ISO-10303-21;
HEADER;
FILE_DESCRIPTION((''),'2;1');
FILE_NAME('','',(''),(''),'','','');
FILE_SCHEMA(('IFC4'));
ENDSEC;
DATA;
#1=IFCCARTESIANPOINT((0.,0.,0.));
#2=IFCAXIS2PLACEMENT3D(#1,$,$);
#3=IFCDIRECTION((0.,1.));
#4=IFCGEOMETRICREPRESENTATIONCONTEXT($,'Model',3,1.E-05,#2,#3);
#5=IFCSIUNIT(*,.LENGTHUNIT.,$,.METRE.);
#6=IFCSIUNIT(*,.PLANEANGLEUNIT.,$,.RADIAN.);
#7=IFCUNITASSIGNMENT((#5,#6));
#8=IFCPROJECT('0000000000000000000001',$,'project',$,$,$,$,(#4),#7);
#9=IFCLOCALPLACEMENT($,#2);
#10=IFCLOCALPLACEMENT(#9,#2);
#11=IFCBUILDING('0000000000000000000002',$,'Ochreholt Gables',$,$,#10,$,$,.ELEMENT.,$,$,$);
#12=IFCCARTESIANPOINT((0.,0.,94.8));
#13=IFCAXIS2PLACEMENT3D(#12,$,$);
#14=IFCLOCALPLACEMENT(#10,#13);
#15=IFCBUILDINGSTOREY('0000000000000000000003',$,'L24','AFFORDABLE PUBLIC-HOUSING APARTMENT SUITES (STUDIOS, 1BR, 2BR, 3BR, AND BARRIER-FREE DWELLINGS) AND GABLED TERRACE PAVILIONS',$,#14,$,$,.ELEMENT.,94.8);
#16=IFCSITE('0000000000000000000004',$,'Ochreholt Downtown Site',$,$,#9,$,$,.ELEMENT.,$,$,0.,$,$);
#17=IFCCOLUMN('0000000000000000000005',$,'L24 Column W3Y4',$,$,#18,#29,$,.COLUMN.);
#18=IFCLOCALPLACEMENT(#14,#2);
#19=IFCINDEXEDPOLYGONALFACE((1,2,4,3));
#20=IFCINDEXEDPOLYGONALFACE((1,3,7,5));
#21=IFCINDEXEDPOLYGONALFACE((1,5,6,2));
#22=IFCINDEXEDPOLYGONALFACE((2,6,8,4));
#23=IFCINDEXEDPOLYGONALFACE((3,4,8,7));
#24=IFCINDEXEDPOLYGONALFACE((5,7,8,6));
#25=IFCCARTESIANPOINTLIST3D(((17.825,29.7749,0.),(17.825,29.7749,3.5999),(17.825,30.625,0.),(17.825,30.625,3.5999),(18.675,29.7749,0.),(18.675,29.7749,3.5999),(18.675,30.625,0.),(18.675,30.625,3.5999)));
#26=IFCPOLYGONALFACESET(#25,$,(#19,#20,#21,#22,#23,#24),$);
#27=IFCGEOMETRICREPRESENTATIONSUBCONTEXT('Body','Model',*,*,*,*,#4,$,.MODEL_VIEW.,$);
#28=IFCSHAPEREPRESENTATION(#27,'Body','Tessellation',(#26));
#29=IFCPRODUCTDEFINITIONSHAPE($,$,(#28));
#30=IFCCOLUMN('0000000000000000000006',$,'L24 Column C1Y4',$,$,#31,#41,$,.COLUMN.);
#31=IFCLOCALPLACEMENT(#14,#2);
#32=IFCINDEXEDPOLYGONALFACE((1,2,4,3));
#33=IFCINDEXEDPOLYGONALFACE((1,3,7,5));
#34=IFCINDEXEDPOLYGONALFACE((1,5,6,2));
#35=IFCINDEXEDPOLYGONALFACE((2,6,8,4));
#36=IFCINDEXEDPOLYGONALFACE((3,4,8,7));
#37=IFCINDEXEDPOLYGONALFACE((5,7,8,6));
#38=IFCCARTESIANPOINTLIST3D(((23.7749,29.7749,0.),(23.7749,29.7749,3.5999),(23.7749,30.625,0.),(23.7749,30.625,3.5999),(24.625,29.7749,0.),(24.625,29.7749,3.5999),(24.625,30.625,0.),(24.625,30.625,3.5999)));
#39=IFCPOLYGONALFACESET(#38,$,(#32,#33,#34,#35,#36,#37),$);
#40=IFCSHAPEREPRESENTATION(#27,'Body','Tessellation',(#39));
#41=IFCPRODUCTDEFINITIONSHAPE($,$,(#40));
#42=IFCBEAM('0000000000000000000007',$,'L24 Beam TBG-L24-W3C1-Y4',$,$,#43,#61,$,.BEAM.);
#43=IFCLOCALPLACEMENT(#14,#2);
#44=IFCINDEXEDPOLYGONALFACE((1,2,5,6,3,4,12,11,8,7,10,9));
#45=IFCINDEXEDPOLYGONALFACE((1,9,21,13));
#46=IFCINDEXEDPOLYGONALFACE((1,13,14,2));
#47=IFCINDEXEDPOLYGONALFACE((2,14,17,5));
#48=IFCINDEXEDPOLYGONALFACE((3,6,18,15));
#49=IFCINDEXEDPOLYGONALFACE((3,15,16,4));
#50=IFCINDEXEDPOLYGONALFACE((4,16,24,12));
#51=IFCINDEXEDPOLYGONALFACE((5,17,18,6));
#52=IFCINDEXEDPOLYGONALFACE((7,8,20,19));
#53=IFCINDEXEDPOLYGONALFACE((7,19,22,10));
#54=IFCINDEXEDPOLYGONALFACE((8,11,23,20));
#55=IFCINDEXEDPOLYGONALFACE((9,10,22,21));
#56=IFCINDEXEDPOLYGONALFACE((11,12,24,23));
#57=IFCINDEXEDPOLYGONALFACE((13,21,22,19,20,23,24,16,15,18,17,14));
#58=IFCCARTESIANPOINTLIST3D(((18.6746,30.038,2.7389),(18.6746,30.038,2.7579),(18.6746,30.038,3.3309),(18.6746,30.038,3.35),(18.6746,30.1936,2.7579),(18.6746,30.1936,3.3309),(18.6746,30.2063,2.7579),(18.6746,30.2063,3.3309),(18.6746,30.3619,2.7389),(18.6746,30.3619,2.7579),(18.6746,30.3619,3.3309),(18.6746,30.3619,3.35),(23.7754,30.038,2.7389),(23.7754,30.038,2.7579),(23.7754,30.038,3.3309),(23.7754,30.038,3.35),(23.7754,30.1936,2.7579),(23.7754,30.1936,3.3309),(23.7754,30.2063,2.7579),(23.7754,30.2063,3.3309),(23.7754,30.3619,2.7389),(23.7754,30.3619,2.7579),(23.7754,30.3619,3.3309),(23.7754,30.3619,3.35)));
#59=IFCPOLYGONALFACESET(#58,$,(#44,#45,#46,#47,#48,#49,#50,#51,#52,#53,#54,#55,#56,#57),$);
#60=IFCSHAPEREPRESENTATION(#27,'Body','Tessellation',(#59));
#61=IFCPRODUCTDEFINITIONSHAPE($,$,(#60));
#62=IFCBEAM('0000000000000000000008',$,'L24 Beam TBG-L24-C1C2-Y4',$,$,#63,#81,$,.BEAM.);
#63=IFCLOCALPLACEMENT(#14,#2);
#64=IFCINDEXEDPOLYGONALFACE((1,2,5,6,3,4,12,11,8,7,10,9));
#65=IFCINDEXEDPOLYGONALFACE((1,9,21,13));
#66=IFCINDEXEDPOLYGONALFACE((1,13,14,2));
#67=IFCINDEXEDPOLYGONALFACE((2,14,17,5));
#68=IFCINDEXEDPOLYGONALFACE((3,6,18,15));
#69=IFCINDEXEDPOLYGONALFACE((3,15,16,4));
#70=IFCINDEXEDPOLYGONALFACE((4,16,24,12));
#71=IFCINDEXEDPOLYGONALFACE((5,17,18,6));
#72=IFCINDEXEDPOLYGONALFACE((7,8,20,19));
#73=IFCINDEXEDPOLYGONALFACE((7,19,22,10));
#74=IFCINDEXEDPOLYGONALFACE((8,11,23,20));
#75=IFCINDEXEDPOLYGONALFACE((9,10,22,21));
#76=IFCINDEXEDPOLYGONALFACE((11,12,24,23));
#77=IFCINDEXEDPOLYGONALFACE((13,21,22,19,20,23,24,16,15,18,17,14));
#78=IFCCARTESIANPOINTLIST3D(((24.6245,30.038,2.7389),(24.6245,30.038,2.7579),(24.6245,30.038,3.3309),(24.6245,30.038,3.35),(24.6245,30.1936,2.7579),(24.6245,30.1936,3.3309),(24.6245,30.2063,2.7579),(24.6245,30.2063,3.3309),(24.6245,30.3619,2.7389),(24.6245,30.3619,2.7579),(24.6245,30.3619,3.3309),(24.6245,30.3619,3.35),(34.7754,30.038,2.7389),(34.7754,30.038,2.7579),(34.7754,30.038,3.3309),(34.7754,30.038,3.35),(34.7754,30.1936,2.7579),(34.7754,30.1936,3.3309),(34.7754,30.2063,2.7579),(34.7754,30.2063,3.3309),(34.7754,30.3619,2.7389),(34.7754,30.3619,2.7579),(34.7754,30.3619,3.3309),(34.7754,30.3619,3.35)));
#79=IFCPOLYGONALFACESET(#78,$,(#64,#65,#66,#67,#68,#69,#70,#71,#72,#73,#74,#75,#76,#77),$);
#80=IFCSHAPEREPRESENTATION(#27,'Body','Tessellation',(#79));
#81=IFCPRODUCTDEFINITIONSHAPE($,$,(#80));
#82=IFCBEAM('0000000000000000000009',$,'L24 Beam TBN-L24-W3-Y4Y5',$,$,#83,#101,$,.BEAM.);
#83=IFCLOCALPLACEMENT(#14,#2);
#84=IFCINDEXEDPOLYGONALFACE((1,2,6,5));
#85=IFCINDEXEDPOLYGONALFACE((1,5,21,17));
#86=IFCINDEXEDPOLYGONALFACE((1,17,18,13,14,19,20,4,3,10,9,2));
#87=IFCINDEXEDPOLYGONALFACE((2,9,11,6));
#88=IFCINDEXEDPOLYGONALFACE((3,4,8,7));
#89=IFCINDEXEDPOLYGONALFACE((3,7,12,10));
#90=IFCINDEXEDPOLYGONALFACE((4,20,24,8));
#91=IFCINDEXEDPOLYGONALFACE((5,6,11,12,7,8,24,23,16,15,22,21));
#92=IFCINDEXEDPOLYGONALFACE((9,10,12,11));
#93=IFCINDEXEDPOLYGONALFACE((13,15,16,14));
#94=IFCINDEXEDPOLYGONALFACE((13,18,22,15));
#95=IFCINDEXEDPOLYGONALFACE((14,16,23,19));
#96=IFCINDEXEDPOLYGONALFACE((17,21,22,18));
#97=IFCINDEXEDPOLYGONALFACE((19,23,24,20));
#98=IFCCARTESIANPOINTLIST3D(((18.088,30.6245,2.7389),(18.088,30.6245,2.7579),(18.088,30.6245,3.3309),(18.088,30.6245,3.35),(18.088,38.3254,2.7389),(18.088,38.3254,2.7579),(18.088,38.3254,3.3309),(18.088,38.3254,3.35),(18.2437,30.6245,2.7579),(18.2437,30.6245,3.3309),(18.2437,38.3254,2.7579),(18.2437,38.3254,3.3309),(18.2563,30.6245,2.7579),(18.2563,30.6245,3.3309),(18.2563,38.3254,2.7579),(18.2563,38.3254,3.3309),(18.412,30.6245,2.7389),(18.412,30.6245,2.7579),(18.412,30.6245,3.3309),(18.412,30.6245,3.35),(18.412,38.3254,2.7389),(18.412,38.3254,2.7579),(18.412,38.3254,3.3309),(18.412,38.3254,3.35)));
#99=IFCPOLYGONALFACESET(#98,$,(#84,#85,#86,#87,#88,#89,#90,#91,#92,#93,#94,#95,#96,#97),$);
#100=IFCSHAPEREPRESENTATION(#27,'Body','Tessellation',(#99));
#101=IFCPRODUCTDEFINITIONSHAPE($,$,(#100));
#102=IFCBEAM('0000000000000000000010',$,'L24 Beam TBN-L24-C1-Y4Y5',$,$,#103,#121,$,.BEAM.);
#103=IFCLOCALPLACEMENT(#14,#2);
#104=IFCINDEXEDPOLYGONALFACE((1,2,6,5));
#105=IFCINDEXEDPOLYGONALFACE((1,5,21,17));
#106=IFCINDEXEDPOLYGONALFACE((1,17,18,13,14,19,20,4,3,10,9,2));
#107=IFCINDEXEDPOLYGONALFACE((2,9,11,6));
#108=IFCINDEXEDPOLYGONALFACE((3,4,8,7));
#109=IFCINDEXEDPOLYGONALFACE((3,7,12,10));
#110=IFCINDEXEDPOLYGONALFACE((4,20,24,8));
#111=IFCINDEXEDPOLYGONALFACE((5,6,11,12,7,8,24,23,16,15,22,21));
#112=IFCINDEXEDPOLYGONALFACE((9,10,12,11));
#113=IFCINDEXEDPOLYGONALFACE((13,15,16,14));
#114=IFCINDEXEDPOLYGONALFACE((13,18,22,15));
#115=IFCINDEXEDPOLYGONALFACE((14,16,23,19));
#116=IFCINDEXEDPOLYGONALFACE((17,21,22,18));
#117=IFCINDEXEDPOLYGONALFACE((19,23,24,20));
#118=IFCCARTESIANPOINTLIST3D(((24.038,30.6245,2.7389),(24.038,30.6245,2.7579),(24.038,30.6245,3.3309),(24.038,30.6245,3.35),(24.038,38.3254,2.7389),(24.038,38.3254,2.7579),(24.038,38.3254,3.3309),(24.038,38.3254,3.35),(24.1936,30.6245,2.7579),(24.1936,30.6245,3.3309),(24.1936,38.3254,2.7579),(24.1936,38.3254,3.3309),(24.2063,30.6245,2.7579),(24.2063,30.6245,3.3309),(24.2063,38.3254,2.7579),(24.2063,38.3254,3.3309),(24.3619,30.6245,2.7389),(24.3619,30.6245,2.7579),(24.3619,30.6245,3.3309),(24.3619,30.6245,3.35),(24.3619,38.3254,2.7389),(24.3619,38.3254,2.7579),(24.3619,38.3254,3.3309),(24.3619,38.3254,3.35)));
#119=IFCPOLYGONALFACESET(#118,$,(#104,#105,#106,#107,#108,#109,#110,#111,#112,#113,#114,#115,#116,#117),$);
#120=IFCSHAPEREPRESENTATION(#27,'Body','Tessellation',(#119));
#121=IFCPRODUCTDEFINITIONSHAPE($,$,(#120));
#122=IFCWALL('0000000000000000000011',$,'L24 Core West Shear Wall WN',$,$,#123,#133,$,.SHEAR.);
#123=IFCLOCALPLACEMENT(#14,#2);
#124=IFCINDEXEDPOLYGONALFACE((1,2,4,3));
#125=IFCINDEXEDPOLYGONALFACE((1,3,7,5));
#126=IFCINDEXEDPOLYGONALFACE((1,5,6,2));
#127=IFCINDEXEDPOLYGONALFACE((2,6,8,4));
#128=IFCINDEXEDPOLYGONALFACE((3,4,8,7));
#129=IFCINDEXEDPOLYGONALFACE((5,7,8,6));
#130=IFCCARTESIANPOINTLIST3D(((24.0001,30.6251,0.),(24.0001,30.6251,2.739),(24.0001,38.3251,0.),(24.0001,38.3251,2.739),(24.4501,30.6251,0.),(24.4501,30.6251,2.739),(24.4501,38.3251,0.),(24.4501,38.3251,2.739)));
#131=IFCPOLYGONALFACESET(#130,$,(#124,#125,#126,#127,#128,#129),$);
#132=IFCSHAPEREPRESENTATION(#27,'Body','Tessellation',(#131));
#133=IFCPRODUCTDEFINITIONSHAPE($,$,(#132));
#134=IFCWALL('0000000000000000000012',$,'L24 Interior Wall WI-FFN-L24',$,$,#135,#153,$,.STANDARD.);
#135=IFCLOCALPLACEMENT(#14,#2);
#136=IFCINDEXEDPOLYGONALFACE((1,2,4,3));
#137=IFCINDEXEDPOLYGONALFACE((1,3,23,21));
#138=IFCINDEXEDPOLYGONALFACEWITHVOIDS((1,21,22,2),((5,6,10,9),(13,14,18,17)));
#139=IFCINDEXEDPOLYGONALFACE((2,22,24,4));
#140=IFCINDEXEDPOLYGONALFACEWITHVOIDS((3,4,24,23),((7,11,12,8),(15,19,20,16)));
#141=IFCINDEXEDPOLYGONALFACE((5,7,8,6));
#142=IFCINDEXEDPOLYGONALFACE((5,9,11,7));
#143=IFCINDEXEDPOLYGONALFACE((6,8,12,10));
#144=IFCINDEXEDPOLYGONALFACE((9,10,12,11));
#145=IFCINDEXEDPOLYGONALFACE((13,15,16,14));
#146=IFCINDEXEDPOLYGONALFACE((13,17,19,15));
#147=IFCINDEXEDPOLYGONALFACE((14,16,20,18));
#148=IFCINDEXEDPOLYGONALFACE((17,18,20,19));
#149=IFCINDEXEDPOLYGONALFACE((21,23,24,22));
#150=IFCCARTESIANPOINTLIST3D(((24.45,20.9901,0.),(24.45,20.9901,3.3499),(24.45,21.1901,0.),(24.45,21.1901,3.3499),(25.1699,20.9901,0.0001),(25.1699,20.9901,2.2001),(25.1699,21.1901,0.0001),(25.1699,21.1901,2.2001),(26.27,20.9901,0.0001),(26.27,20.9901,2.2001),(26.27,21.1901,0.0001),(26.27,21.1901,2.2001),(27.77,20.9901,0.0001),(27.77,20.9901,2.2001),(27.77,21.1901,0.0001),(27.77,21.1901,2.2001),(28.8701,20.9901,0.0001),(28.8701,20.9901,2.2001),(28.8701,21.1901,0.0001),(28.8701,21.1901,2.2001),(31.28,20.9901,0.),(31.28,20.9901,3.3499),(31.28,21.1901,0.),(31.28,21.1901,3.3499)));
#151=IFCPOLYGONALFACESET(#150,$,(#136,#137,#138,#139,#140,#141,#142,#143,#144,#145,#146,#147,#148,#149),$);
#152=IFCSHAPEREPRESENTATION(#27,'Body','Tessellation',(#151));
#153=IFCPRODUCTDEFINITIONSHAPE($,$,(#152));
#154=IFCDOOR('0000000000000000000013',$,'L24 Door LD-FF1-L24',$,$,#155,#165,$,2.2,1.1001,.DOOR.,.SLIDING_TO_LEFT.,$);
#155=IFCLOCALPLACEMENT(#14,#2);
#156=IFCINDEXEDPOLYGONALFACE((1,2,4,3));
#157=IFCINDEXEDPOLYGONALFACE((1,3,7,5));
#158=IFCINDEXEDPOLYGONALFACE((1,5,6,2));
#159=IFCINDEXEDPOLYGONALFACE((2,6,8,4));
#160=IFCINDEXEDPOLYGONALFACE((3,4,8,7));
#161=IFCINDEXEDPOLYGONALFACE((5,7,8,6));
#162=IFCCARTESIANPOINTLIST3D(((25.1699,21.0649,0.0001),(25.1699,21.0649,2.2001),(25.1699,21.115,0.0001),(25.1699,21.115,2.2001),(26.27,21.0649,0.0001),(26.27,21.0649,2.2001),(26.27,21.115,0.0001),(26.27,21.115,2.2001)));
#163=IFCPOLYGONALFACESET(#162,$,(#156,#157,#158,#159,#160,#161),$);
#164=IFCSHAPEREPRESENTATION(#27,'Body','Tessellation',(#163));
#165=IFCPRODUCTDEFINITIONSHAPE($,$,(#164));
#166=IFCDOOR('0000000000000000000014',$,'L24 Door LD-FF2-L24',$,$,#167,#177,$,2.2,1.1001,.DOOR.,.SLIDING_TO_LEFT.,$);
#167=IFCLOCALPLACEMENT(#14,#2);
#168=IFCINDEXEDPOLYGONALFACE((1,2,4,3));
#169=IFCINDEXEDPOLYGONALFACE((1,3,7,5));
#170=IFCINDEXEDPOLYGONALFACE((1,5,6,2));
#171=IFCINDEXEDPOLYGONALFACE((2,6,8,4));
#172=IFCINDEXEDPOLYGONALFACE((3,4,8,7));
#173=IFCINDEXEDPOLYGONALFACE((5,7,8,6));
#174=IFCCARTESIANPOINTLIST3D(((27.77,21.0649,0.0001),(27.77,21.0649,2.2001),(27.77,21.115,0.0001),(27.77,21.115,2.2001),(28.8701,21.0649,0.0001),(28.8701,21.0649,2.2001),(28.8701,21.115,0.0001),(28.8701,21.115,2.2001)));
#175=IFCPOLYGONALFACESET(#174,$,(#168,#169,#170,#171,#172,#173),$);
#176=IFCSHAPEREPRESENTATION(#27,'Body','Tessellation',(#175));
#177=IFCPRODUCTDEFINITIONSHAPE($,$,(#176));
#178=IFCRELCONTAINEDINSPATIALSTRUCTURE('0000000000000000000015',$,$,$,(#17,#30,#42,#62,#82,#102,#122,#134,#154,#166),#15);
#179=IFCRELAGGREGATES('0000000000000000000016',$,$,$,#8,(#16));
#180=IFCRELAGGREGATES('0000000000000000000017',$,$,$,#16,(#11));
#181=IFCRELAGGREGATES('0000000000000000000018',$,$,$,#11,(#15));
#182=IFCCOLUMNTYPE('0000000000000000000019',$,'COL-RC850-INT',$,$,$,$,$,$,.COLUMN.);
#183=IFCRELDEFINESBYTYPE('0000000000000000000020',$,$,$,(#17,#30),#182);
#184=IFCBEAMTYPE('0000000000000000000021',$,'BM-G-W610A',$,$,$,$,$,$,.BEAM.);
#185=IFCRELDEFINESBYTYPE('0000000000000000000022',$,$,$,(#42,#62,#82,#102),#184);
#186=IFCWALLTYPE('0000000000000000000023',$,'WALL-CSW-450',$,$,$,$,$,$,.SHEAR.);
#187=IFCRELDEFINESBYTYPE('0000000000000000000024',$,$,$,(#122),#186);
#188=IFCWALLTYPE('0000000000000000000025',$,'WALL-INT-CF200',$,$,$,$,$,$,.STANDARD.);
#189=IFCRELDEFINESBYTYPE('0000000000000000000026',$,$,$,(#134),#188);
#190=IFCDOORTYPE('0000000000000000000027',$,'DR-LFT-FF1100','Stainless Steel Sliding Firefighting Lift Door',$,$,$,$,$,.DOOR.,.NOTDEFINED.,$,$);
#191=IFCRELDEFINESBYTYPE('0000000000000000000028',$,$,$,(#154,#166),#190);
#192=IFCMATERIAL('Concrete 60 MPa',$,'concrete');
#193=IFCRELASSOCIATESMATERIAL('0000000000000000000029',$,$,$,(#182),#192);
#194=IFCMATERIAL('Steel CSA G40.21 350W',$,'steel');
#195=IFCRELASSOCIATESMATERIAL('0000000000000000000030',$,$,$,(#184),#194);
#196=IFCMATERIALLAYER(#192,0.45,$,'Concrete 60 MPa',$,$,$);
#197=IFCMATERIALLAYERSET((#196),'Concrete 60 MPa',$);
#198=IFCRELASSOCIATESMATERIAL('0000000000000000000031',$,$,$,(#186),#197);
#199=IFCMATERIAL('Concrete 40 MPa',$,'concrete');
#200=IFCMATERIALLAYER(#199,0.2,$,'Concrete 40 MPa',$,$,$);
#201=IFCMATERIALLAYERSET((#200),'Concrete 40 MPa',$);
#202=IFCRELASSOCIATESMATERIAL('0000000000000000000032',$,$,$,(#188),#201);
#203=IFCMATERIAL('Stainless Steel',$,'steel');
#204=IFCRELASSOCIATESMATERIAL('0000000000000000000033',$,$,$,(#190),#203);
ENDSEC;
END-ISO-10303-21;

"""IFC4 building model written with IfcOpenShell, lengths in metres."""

from ifc_helpers import new_model, si_unit, direction, frame, frame_2d, origin, origin_2d, place, context, subcontext, project, spatial, rectangle, i_section, extrude, material, layer, layer_set, material_profile, profile_set, type_object, element, fill, save


model = new_model("IFC4")

# Units and contexts
model_context = context("Model", 3, precision=1e-05, world=origin(), true_north=direction((0.0, 1.0)))
body_context = subcontext(model_context, "Body", "Model", "MODEL_VIEW")
ifc_project = project(units=[si_unit("LENGTHUNIT", "METRE"), si_unit("PLANEANGLEUNIT", "RADIAN")], contexts=[model_context])

# Site, building, storey
site_placement = place(None, origin())
site = spatial("IfcSite", under=ifc_project, at=site_placement, Name="Ochreholt Downtown Site", CompositionType="ELEMENT", RefElevation=0.0)
building_placement = place(site_placement, origin())
building = spatial("IfcBuilding", under=site, at=building_placement, Name="Ochreholt Gables", CompositionType="ELEMENT")
storey_placement = place(building_placement, frame((0.0, 0.0, 94.8)))
storey = spatial("IfcBuildingStorey", under=building, at=storey_placement, Name="L24", Description="AFFORDABLE PUBLIC-HOUSING APARTMENT SUITES (STUDIOS, 1BR, 2BR, 3BR, AND BARRIER-FREE DWELLINGS) AND GABLED TERRACE PAVILIONS", CompositionType="ELEMENT", Elevation=94.8)

# Columns
ifc_material_1 = material(Name="Concrete 60 MPa", Category="concrete")
ifc_material_profile_1 = material_profile(ifc_material_1, rectangle(XDim=0.8501, YDim=0.8501, at=origin_2d()), Name="RC850X850")
ifc_profile_set_1 = profile_set([ifc_material_profile_1], Name="Concrete 60 MPa")
column_type = type_object("IfcColumnType", Name="COL-RC850-INT", PredefinedType="COLUMN", material=ifc_profile_set_1)
for number, where, z_axis, x_axis, name in (
    (1, (18.25, 30.2, 0.0), (0.0, 0.0, 1.0), (1.0, 0.0, 0.0), "L24 Column W3Y4"),
    (2, (24.2, 30.2, 0.0), (0.0, 0.0, 1.0), (1.0, 0.0, 0.0), "L24 Column C1Y4"),
):
    element("IfcColumn", number, at=place(storey_placement, frame(where, z_axis=z_axis, x_axis=x_axis)), inside=storey, type_object=column_type, Name=name, PredefinedType="COLUMN", context=body_context, shape_type="SweptSolid", body=[
        extrude(rectangle(XDim=0.8501, YDim=0.8501, at=origin_2d()), origin(), (0.0, 0.0, 1.0), 3.5999),
    ])

# Beams
ifc_material_2 = material(Name="Steel CSA G40.21 350W", Category="steel")
ifc_material_profile_2 = material_profile(ifc_material_2, i_section(OverallWidth=0.324, OverallDepth=0.6111, WebThickness=0.0127, FlangeThickness=0.019, at=origin_2d()), Name="W610X155")
ifc_profile_set_2 = profile_set([ifc_material_profile_2], Name="Steel CSA G40.21 350W")
beam_type = type_object("IfcBeamType", Name="BM-G-W610A", PredefinedType="BEAM", material=ifc_profile_set_2)
beam_1_placement = place(storey_placement, frame((18.6746, 30.2, 3.0444), z_axis=(1.0, 0.0, 0.0), x_axis=(0.0, 1.0, 0.0)))
element("IfcBeam", 3, at=beam_1_placement, inside=storey, type_object=beam_type, Name="L24 Beam TBG-L24-W3C1-Y4", PredefinedType="BEAM", context=body_context, shape_type="SweptSolid", body=[
    extrude(i_section(OverallWidth=0.324, OverallDepth=0.6111, WebThickness=0.0127, FlangeThickness=0.019, at=origin_2d()), origin(), (0.0, 0.0, 1.0), 5.1008),
])
beam_2_placement = place(storey_placement, frame((24.6245, 30.2, 3.0444), z_axis=(1.0, 0.0, 0.0), x_axis=(0.0, 1.0, 0.0)))
element("IfcBeam", 4, at=beam_2_placement, inside=storey, type_object=beam_type, Name="L24 Beam TBG-L24-C1C2-Y4", PredefinedType="BEAM", context=body_context, shape_type="SweptSolid", body=[
    extrude(i_section(OverallWidth=0.324, OverallDepth=0.6111, WebThickness=0.0127, FlangeThickness=0.019, at=origin_2d()), origin(), (0.0, 0.0, 1.0), 10.1509),
])
for number, where, z_axis, x_axis, name in (
    (5, (18.25, 30.6245, 3.0444), (0.0, 1.0, 0.0), (-1.0, 0.0, 0.0), "L24 Beam TBN-L24-W3-Y4Y5"),
    (6, (24.2, 30.6245, 3.0444), (0.0, 1.0, 0.0), (-1.0, 0.0, 0.0), "L24 Beam TBN-L24-C1-Y4Y5"),
):
    element("IfcBeam", number, at=place(storey_placement, frame(where, z_axis=z_axis, x_axis=x_axis)), inside=storey, type_object=beam_type, Name=name, PredefinedType="BEAM", context=body_context, shape_type="SweptSolid", body=[
        extrude(i_section(OverallWidth=0.324, OverallDepth=0.6111, WebThickness=0.0127, FlangeThickness=0.019, at=origin_2d()), origin(), (0.0, 0.0, 1.0), 7.7009),
    ])

# Wall
ifc_layer_1 = layer(ifc_material_1, 0.45, Name="Concrete 60 MPa")
ifc_layer_set_1 = layer_set([ifc_layer_1], Name="Concrete 60 MPa")
wall_type_1 = type_object("IfcWallType", Name="WALL-CSW-450", PredefinedType="SHEAR", material=ifc_layer_set_1)
wall_1_placement = place(storey_placement, frame((24.2251, 30.625, 0.0), z_axis=(0.0, 0.0, 1.0), x_axis=(0.0, 1.0, 0.0)))
element("IfcWall", 7, at=wall_1_placement, inside=storey, type_object=wall_type_1, Name="L24 Core West Shear Wall WN", PredefinedType="SHEAR", context=body_context, shape_type="SweptSolid", body=[
    extrude(rectangle(XDim=7.7, YDim=0.45, at=frame_2d((3.8501, 0.0))), origin(), (0.0, 0.0, 1.0), 2.739),
])

# Wall, openings, doors
ifc_material_3 = material(Name="Concrete 40 MPa", Category="concrete")
ifc_layer_2 = layer(ifc_material_3, 0.2, Name="Concrete 40 MPa")
ifc_layer_set_2 = layer_set([ifc_layer_2], Name="Concrete 40 MPa")
wall_type_2 = type_object("IfcWallType", Name="WALL-INT-CF200", PredefinedType="STANDARD", material=ifc_layer_set_2)
wall_2_placement = place(storey_placement, frame((24.45, 21.0901, 0.0), z_axis=(0.0, 0.0, 1.0), x_axis=(1.0, 0.0, 0.0)))
wall_2 = element("IfcWall", 8, at=wall_2_placement, inside=storey, type_object=wall_type_2, Name="L24 Interior Wall WI-FFN-L24", PredefinedType="STANDARD", context=body_context, shape_type="SweptSolid", body=[
    extrude(rectangle(XDim=6.8301, YDim=0.2, at=frame_2d((3.415, 0.0))), origin(), (0.0, 0.0, 1.0), 3.3499),
])
opening_1_placement = place(wall_2_placement, frame((0.72, 0.0, 0.0)))
opening_1 = element("IfcOpeningElement", 9, at=opening_1_placement, cuts=wall_2, PredefinedType="OPENING", context=body_context, shape_type="SweptSolid", body=[
    extrude(rectangle(XDim=1.1001, YDim=2.2, at=frame_2d((0.55, 1.1001))), frame((0.0, 0.1099, 0.0), z_axis=(0.0, -1.0, 0.0), x_axis=(1.0, 0.0, 0.0)), (0.0, 0.0, 1.0), 0.22),
])
opening_2_placement = place(wall_2_placement, frame((3.3201, 0.0, 0.0)))
opening_2 = element("IfcOpeningElement", 10, at=opening_2_placement, cuts=wall_2, PredefinedType="OPENING", context=body_context, shape_type="SweptSolid", body=[
    extrude(rectangle(XDim=1.1001, YDim=2.2, at=frame_2d((0.55, 1.1001))), frame((0.0, 0.1099, 0.0), z_axis=(0.0, -1.0, 0.0), x_axis=(1.0, 0.0, 0.0)), (0.0, 0.0, 1.0), 0.22),
])
ifc_material_4 = material(Name="Stainless Steel", Category="steel")
door_type_1 = type_object("IfcDoorType", Name="DR-LFT-FF1100", Description="Stainless Steel Sliding Firefighting Lift Door", OperationType="NOTDEFINED", PredefinedType="DOOR", material=ifc_material_4)
door_1_placement = place(opening_1_placement, origin())
door_1 = element("IfcDoor", 11, at=door_1_placement, inside=storey, type_object=door_type_1, Name="L24 Door LD-FF1-L24", OperationType="SLIDING_TO_LEFT", OverallHeight=2.2, OverallWidth=1.1001, PredefinedType="DOOR", context=body_context, shape_type="SweptSolid", body=[
    extrude(rectangle(XDim=1.1001, YDim=2.2, at=frame_2d((0.55, 1.1001))), frame((0.0, 0.0249, 0.0), z_axis=(0.0, -1.0, 0.0), x_axis=(1.0, 0.0, 0.0)), (0.0, 0.0, 1.0), 0.05),
])
fill(opening_1, door_1)
door_2_placement = place(opening_2_placement, origin())
door_2 = element("IfcDoor", 12, at=door_2_placement, inside=storey, type_object=door_type_1, Name="L24 Door LD-FF2-L24", OperationType="SLIDING_TO_LEFT", OverallHeight=2.2, OverallWidth=1.1001, PredefinedType="DOOR", context=body_context, shape_type="SweptSolid", body=[
    extrude(rectangle(XDim=1.1001, YDim=2.2, at=frame_2d((0.55, 1.1001))), frame((0.0, 0.0249, 0.0), z_axis=(0.0, -1.0, 0.0), x_axis=(1.0, 0.0, 0.0)), (0.0, 0.0, 1.0), 0.05),
])
fill(opening_2, door_2)

save(model, "model.ifc")
